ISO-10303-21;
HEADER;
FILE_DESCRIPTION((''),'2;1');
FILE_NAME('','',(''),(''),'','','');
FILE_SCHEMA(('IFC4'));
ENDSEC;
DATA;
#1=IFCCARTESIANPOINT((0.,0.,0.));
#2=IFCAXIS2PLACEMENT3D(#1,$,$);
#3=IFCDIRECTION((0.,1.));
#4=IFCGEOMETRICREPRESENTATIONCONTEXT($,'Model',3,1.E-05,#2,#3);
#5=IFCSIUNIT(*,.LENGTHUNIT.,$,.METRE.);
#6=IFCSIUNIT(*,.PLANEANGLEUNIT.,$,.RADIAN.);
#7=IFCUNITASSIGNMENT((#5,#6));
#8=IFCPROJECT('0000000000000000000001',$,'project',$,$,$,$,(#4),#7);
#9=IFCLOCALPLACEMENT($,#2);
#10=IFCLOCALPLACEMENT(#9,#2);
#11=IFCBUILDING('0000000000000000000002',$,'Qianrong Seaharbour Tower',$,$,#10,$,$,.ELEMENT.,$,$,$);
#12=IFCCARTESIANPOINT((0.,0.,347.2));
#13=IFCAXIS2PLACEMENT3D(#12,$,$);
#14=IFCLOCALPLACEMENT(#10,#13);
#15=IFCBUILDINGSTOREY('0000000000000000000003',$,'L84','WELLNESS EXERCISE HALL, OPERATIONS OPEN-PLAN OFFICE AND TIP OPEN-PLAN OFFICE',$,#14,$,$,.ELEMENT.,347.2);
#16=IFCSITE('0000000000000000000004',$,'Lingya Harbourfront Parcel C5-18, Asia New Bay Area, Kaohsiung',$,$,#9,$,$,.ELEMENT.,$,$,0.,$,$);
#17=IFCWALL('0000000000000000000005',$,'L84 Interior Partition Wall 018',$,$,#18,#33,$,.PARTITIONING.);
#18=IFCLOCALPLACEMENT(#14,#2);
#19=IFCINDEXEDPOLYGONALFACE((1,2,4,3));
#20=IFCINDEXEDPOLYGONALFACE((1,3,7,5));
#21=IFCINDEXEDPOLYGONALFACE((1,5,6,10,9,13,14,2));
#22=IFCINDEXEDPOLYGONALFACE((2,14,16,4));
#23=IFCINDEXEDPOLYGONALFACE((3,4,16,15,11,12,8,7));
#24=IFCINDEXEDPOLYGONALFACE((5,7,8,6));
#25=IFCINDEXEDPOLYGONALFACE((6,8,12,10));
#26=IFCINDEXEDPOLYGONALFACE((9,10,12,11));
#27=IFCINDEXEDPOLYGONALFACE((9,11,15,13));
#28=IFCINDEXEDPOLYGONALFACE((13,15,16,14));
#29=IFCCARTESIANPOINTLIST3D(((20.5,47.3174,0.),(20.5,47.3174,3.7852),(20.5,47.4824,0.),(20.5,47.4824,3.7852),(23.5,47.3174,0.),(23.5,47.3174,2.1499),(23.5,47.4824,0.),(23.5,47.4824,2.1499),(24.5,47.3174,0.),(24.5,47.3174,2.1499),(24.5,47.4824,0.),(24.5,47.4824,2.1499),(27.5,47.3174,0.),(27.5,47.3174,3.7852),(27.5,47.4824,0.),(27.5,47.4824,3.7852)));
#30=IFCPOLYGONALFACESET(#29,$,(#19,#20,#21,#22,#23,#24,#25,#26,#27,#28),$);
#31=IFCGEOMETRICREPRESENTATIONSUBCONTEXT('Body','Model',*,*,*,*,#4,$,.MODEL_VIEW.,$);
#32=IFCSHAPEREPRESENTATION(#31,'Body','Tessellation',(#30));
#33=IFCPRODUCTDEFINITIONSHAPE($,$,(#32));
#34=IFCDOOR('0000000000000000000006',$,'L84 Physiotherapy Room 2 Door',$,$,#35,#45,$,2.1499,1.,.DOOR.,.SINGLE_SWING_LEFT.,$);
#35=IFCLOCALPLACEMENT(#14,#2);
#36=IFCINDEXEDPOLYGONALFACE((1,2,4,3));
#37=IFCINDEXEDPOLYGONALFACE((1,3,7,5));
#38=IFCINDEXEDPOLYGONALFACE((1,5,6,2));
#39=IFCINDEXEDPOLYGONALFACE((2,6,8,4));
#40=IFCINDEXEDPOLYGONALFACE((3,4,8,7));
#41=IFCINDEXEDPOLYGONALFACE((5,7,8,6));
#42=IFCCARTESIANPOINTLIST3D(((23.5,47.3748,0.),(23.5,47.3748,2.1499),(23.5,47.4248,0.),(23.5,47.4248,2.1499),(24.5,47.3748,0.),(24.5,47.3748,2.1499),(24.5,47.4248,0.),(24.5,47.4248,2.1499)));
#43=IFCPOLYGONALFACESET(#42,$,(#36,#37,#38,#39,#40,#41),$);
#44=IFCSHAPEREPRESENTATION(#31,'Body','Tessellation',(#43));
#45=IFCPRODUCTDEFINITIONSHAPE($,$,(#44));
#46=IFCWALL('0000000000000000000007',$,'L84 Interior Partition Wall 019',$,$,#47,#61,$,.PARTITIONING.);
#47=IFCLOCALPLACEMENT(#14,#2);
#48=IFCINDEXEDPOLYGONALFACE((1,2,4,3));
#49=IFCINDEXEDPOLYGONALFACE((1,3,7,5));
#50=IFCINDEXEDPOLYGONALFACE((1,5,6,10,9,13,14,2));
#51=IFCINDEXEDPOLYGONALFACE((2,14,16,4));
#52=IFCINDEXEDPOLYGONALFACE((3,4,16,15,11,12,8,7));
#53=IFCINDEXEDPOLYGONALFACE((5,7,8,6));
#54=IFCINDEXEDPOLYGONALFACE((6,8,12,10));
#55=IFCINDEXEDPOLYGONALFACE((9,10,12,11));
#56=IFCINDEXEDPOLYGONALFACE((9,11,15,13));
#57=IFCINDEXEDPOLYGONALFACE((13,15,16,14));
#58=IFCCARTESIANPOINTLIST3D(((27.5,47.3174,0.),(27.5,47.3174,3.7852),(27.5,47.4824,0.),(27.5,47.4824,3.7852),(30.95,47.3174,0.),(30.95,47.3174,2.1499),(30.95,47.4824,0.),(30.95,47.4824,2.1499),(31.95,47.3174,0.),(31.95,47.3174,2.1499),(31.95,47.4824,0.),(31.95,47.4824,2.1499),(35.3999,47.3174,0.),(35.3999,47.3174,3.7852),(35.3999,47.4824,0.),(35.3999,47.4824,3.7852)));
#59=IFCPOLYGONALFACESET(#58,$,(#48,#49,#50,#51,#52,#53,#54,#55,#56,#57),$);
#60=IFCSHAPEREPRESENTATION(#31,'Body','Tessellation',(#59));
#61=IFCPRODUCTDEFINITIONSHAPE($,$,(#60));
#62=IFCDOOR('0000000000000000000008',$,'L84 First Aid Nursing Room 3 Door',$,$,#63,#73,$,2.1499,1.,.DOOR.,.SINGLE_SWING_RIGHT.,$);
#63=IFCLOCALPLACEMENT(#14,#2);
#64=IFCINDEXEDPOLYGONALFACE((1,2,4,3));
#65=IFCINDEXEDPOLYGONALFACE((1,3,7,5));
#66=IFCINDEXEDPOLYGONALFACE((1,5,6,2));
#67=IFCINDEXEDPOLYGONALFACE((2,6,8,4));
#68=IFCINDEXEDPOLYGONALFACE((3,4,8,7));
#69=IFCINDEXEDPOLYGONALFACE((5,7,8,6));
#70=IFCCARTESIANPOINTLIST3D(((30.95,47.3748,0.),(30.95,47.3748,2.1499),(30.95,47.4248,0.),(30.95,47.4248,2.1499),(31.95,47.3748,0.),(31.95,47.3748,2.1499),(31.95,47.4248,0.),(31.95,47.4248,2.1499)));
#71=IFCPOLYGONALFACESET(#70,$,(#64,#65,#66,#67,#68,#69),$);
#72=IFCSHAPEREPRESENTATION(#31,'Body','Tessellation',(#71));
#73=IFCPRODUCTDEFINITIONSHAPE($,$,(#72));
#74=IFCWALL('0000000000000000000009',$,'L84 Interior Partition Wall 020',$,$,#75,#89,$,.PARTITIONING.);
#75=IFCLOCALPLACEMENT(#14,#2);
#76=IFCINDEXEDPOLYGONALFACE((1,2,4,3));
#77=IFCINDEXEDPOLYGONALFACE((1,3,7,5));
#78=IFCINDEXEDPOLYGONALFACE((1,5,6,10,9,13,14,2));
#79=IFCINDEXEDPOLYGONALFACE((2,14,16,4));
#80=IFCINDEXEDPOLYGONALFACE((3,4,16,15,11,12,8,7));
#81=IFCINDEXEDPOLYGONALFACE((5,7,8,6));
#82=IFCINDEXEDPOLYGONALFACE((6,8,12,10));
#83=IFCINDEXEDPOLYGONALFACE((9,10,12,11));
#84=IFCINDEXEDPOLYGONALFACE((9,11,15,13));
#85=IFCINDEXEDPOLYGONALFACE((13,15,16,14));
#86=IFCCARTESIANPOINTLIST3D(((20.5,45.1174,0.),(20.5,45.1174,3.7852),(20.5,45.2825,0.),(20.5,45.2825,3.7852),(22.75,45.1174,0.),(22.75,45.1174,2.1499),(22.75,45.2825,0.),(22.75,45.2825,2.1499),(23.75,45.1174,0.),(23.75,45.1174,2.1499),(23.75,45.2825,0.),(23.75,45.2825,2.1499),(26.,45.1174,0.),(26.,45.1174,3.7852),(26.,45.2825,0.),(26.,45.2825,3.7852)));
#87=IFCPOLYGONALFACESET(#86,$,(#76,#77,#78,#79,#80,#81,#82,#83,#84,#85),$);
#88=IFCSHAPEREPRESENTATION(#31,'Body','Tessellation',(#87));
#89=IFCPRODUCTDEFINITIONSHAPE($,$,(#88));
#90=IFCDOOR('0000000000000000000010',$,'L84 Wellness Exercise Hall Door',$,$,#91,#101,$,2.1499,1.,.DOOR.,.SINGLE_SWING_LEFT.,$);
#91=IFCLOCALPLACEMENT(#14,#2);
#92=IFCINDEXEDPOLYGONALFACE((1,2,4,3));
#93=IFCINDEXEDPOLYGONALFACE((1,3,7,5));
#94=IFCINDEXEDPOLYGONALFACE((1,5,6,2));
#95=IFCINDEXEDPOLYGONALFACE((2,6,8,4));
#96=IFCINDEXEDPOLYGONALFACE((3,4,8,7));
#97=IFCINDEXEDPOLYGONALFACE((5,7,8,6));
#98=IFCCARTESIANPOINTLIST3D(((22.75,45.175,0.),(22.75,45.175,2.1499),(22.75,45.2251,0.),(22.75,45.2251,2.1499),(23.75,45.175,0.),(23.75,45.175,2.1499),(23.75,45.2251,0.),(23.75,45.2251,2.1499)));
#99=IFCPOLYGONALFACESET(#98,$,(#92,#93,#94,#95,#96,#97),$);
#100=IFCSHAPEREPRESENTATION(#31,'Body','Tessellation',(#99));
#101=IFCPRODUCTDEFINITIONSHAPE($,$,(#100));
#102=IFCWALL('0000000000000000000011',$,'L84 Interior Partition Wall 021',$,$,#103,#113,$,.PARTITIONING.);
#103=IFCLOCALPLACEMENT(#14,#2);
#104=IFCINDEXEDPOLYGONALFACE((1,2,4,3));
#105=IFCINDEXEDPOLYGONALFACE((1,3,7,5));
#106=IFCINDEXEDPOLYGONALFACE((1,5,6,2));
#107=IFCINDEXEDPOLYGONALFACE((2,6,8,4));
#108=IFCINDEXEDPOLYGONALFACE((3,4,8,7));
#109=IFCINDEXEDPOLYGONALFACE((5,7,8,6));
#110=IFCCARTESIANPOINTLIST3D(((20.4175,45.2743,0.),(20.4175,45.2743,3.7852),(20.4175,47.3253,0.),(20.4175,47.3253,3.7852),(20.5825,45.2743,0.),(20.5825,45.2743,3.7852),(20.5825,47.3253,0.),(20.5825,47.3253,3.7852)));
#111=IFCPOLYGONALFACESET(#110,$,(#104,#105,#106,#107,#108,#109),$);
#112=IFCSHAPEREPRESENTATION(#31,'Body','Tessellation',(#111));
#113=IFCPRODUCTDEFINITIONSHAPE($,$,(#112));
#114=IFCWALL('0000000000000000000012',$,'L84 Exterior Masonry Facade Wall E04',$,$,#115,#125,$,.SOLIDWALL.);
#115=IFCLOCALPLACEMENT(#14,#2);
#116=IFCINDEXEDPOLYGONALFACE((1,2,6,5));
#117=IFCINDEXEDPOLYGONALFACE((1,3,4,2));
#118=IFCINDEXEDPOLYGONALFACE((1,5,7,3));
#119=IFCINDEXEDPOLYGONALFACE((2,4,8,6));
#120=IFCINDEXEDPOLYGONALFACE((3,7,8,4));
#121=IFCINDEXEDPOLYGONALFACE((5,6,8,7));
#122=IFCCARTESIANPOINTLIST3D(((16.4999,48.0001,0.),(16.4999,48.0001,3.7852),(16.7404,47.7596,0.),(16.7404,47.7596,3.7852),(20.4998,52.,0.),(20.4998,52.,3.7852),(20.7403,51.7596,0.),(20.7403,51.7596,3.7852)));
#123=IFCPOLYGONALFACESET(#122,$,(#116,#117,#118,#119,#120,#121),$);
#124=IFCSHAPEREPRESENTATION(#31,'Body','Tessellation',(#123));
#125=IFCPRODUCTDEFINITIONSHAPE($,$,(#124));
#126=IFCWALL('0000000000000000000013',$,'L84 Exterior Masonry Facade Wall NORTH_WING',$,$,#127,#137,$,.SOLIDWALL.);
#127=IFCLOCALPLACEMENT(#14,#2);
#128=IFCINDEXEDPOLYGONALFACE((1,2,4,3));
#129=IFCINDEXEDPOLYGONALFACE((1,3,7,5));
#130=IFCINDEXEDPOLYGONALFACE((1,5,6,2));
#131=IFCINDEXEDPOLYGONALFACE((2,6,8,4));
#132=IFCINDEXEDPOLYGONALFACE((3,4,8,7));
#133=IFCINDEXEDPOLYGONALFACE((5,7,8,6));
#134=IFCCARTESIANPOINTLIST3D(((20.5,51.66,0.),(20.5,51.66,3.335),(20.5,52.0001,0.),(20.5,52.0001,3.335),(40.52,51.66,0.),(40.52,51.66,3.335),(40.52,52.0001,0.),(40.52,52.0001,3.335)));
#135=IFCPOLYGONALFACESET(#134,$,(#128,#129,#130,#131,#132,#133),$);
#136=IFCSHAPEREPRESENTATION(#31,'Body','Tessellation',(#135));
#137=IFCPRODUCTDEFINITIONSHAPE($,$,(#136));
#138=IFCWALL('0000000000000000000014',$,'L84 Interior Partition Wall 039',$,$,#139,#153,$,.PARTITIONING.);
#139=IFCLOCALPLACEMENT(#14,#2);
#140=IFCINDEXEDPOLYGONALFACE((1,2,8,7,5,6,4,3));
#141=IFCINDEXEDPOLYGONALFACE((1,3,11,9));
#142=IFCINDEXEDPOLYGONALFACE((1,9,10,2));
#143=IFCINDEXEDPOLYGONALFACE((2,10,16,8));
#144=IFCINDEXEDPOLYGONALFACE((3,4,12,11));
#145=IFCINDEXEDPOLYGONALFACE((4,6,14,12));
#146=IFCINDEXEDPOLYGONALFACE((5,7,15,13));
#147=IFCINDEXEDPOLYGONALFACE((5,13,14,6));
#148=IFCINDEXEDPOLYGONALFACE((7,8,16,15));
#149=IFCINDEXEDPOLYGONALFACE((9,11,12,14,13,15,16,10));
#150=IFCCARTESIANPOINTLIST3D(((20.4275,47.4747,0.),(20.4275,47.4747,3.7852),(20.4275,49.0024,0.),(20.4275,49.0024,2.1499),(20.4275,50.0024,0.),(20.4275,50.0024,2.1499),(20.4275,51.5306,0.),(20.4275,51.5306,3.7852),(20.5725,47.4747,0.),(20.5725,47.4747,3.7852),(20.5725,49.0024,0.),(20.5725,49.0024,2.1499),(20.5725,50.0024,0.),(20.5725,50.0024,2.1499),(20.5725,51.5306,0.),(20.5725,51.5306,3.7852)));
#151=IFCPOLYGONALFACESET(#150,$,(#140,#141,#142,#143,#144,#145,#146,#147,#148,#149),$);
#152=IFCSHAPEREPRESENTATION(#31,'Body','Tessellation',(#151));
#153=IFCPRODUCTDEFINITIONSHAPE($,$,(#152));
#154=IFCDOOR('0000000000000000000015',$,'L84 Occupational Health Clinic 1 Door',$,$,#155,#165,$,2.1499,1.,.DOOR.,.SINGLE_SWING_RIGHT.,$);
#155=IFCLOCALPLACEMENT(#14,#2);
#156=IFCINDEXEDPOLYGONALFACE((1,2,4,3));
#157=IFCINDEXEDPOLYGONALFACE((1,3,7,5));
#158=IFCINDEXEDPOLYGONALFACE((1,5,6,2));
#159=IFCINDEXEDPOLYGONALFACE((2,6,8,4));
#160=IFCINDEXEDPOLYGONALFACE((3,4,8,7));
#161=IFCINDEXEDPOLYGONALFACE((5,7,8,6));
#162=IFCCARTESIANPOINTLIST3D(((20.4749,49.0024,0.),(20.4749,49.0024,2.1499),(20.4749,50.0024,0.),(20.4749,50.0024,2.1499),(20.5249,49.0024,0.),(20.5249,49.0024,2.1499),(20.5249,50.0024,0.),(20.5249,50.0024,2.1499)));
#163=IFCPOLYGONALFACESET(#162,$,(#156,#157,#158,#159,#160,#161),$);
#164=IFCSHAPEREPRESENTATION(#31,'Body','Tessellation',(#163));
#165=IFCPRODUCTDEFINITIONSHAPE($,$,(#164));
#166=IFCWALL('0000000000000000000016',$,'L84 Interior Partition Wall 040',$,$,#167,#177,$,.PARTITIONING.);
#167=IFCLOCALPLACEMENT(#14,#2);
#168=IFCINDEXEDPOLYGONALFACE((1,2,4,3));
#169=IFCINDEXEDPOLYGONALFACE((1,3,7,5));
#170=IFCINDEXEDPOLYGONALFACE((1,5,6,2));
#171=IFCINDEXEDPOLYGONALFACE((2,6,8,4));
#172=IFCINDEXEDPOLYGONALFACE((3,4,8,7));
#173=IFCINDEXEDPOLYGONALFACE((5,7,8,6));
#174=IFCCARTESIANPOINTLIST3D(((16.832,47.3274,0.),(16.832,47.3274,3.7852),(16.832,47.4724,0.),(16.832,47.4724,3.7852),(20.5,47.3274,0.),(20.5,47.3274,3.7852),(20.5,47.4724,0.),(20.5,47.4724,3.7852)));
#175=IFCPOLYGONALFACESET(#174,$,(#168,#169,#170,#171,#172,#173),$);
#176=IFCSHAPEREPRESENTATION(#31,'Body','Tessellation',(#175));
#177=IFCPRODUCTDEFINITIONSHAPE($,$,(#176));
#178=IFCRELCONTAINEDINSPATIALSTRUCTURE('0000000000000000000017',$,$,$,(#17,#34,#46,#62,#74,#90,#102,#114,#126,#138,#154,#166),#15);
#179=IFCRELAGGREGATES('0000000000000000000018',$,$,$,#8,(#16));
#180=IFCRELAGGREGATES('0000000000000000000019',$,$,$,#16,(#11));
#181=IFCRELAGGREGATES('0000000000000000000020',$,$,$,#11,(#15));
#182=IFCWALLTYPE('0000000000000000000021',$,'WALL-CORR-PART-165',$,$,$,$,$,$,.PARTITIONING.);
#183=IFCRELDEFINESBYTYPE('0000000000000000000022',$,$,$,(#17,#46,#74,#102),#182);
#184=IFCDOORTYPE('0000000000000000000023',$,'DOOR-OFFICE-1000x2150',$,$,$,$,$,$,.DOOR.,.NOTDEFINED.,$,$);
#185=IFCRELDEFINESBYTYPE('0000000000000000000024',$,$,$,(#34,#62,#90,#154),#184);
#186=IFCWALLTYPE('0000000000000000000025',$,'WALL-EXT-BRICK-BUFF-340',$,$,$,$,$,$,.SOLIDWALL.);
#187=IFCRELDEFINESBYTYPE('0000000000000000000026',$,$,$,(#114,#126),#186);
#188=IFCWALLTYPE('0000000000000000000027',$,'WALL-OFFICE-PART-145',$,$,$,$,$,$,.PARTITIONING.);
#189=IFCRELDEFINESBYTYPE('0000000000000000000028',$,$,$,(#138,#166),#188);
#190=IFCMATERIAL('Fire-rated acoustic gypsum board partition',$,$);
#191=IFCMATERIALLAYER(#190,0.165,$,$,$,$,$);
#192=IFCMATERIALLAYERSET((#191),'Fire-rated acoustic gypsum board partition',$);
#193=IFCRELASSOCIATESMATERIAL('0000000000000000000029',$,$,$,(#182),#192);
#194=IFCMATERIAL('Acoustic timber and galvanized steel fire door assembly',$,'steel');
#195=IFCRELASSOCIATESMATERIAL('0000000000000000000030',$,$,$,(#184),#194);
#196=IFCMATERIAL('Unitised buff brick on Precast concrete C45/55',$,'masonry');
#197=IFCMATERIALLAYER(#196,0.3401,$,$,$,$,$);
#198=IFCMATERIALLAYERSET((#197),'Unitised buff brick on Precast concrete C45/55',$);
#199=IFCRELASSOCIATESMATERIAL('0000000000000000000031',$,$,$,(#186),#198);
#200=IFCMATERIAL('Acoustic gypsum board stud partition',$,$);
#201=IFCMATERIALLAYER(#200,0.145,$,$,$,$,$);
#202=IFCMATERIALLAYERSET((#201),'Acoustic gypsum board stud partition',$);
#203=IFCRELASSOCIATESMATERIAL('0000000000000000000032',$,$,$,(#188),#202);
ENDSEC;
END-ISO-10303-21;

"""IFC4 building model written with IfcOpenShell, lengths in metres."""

from ifc_helpers import new_model, si_unit, direction, frame, frame_2d, origin, place, context, subcontext, project, spatial, rectangle, extrude, material, layer, layer_set, type_object, element, fill, save


model = new_model("IFC4")

# Units and contexts
model_context = context("Model", 3, precision=1e-05, world=origin(), true_north=direction((0.0, 1.0)))
body_context = subcontext(model_context, "Body", "Model", "MODEL_VIEW")
ifc_project = project(units=[si_unit("LENGTHUNIT", "METRE"), si_unit("PLANEANGLEUNIT", "RADIAN")], contexts=[model_context])

# Site, building, storey
site_placement = place(None, origin())
site = spatial("IfcSite", under=ifc_project, at=site_placement, Name="Lingya Harbourfront Parcel C5-18, Asia New Bay Area, Kaohsiung", CompositionType="ELEMENT", RefElevation=0.0)
building_placement = place(site_placement, origin())
building = spatial("IfcBuilding", under=site, at=building_placement, Name="Qianrong Seaharbour Tower", CompositionType="ELEMENT")
storey_placement = place(building_placement, frame((0.0, 0.0, 347.2)))
storey = spatial("IfcBuildingStorey", under=building, at=storey_placement, Name="L84", Description="WELLNESS EXERCISE HALL, OPERATIONS OPEN-PLAN OFFICE AND TIP OPEN-PLAN OFFICE", CompositionType="ELEMENT", Elevation=347.2)

# Walls, openings, doors
ifc_material_1 = material(Name="Fire-rated acoustic gypsum board partition")
ifc_layer_1 = layer(ifc_material_1, 0.165)
ifc_layer_set_1 = layer_set([ifc_layer_1], Name="Fire-rated acoustic gypsum board partition")
wall_type_1 = type_object("IfcWallType", Name="WALL-CORR-PART-165", PredefinedType="PARTITIONING", material=ifc_layer_set_1)
wall_1_placement = place(storey_placement, frame((20.5, 47.3999, 0.0), z_axis=(0.0, 0.0, 1.0), x_axis=(1.0, 0.0, 0.0)))
wall_1 = element("IfcWall", 1, at=wall_1_placement, inside=storey, type_object=wall_type_1, Name="L84 Interior Partition Wall 018", PredefinedType="PARTITIONING", context=body_context, shape_type="SweptSolid", body=[
    extrude(rectangle(XDim=7.0, YDim=0.165, at=frame_2d((3.5, 0.0))), origin(), (0.0, 0.0, 1.0), 3.7852),
])
opening_1_placement = place(wall_1_placement, frame((3.0, 0.0, 0.0)))
opening_1 = element("IfcOpeningElement", 2, at=opening_1_placement, cuts=wall_1, PredefinedType="OPENING", context=body_context, shape_type="SweptSolid", body=[
    extrude(rectangle(XDim=1.0, YDim=2.1499, at=frame_2d((0.5, 1.075))), frame((0.0, 0.0925, 0.0), z_axis=(0.0, -1.0, 0.0), x_axis=(1.0, 0.0, 0.0)), (0.0, 0.0, 1.0), 0.1851),
])
ifc_material_2 = material(Name="Acoustic timber and galvanized steel fire door assembly", Category="steel")
door_type = type_object("IfcDoorType", Name="DOOR-OFFICE-1000x2150", OperationType="NOTDEFINED", PredefinedType="DOOR", material=ifc_material_2)
door_1_placement = place(opening_1_placement, origin())
door_1 = element("IfcDoor", 3, at=door_1_placement, inside=storey, type_object=door_type, Name="L84 Physiotherapy Room 2 Door", OperationType="SINGLE_SWING_LEFT", OverallHeight=2.1499, OverallWidth=1.0, PredefinedType="DOOR", context=body_context, shape_type="SweptSolid", body=[
    extrude(rectangle(XDim=1.0, YDim=2.1499, at=frame_2d((0.5, 1.075))), frame((0.0, 0.0249, 0.0), z_axis=(0.0, -1.0, 0.0), x_axis=(1.0, 0.0, 0.0)), (0.0, 0.0, 1.0), 0.05),
])
fill(opening_1, door_1)
wall_2_placement = place(storey_placement, frame((27.5, 47.3999, 0.0), z_axis=(0.0, 0.0, 1.0), x_axis=(1.0, 0.0, 0.0)))
wall_2 = element("IfcWall", 4, at=wall_2_placement, inside=storey, type_object=wall_type_1, Name="L84 Interior Partition Wall 019", PredefinedType="PARTITIONING", context=body_context, shape_type="SweptSolid", body=[
    extrude(rectangle(XDim=7.8999, YDim=0.165, at=frame_2d((3.95, 0.0))), origin(), (0.0, 0.0, 1.0), 3.7852),
])
opening_2_placement = place(wall_2_placement, frame((3.45, 0.0, 0.0)))
opening_2 = element("IfcOpeningElement", 5, at=opening_2_placement, cuts=wall_2, PredefinedType="OPENING", context=body_context, shape_type="SweptSolid", body=[
    extrude(rectangle(XDim=1.0, YDim=2.1499, at=frame_2d((0.5, 1.075))), frame((0.0, 0.0925, 0.0), z_axis=(0.0, -1.0, 0.0), x_axis=(1.0, 0.0, 0.0)), (0.0, 0.0, 1.0), 0.1851),
])
door_2_placement = place(opening_2_placement, origin())
door_2 = element("IfcDoor", 6, at=door_2_placement, inside=storey, type_object=door_type, Name="L84 First Aid Nursing Room 3 Door", OperationType="SINGLE_SWING_RIGHT", OverallHeight=2.1499, OverallWidth=1.0, PredefinedType="DOOR", context=body_context, shape_type="SweptSolid", body=[
    extrude(rectangle(XDim=1.0, YDim=2.1499, at=frame_2d((0.5, 1.075))), frame((0.0, 0.0249, 0.0), z_axis=(0.0, -1.0, 0.0), x_axis=(1.0, 0.0, 0.0)), (0.0, 0.0, 1.0), 0.05),
])
fill(opening_2, door_2)
wall_3_placement = place(storey_placement, frame((26.0, 45.2, 0.0), z_axis=(0.0, 0.0, 1.0), x_axis=(-1.0, 0.0, 0.0)))
wall_3 = element("IfcWall", 7, at=wall_3_placement, inside=storey, type_object=wall_type_1, Name="L84 Interior Partition Wall 020", PredefinedType="PARTITIONING", context=body_context, shape_type="SweptSolid", body=[
    extrude(rectangle(XDim=5.5, YDim=0.165, at=frame_2d((2.75, 0.0))), origin(), (0.0, 0.0, 1.0), 3.7852),
])
opening_3_placement = place(wall_3_placement, frame((2.25, 0.0, 0.0)))
opening_3 = element("IfcOpeningElement", 8, at=opening_3_placement, cuts=wall_3, PredefinedType="OPENING", context=body_context, shape_type="SweptSolid", body=[
    extrude(rectangle(XDim=1.0, YDim=2.1499, at=frame_2d((0.5, 1.075))), frame((0.0, 0.0925, 0.0), z_axis=(0.0, -1.0, 0.0), x_axis=(1.0, 0.0, 0.0)), (0.0, 0.0, 1.0), 0.1851),
])
door_3_placement = place(opening_3_placement, origin())
door_3 = element("IfcDoor", 9, at=door_3_placement, inside=storey, type_object=door_type, Name="L84 Wellness Exercise Hall Door", OperationType="SINGLE_SWING_LEFT", OverallHeight=2.1499, OverallWidth=1.0, PredefinedType="DOOR", context=body_context, shape_type="SweptSolid", body=[
    extrude(rectangle(XDim=1.0, YDim=2.1499, at=frame_2d((0.5, 1.075))), frame((0.0, 0.0249, 0.0), z_axis=(0.0, -1.0, 0.0), x_axis=(1.0, 0.0, 0.0)), (0.0, 0.0, 1.0), 0.05),
])
fill(opening_3, door_3)

# Walls
wall_4_placement = place(storey_placement, frame((20.5, 45.2744, 0.0), z_axis=(0.0, 0.0, 1.0), x_axis=(0.0, 1.0, 0.0)))
element("IfcWall", 10, at=wall_4_placement, inside=storey, type_object=wall_type_1, Name="L84 Interior Partition Wall 021", PredefinedType="PARTITIONING", context=body_context, shape_type="SweptSolid", body=[
    extrude(rectangle(XDim=2.051, YDim=0.165, at=frame_2d((1.0254, 0.0))), origin(), (0.0, 0.0, 1.0), 3.7852),
])
ifc_material_3 = material(Name="Unitised buff brick on Precast concrete C45/55", Category="masonry")
ifc_layer_2 = layer(ifc_material_3, 0.3401)
ifc_layer_set_2 = layer_set([ifc_layer_2], Name="Unitised buff brick on Precast concrete C45/55")
wall_type_2 = type_object("IfcWallType", Name="WALL-EXT-BRICK-BUFF-340", PredefinedType="SOLIDWALL", material=ifc_layer_set_2)
wall_5_placement = place(storey_placement, frame((16.6201, 47.8799, 0.0), z_axis=(0.0, 0.0, 1.0), x_axis=(0.707107, 0.707107, 0.0)))
element("IfcWall", 11, at=wall_5_placement, inside=storey, type_object=wall_type_2, Name="L84 Exterior Masonry Facade Wall E04", PredefinedType="SOLIDWALL", context=body_context, shape_type="SweptSolid", body=[
    extrude(rectangle(XDim=5.6567, YDim=0.3401, at=frame_2d((2.8284, 0.0))), origin(), (0.0, 0.0, 1.0), 3.7852),
])
wall_6_placement = place(storey_placement, frame((20.5, 51.8301, 0.0), z_axis=(0.0, 0.0, 1.0), x_axis=(1.0, 0.0, 0.0)))
element("IfcWall", 12, at=wall_6_placement, inside=storey, type_object=wall_type_2, Name="L84 Exterior Masonry Facade Wall NORTH_WING", PredefinedType="SOLIDWALL", context=body_context, shape_type="SweptSolid", body=[
    extrude(rectangle(XDim=20.02, YDim=0.3401, at=frame_2d((10.01, 0.0))), origin(), (0.0, 0.0, 1.0), 3.335),
])

# Wall, opening, door
ifc_material_4 = material(Name="Acoustic gypsum board stud partition")
ifc_layer_3 = layer(ifc_material_4, 0.145)
ifc_layer_set_3 = layer_set([ifc_layer_3], Name="Acoustic gypsum board stud partition")
wall_type_3 = type_object("IfcWallType", Name="WALL-OFFICE-PART-145", PredefinedType="PARTITIONING", material=ifc_layer_set_3)
wall_7_placement = place(storey_placement, frame((20.5, 51.5305, 0.0), z_axis=(0.0, 0.0, 1.0), x_axis=(0.0, -1.0, 0.0)))
wall_7 = element("IfcWall", 13, at=wall_7_placement, inside=storey, type_object=wall_type_3, Name="L84 Interior Partition Wall 039", PredefinedType="PARTITIONING", context=body_context, shape_type="SweptSolid", body=[
    extrude(rectangle(XDim=4.0559, YDim=0.145, at=frame_2d((2.0278, 0.0))), origin(), (0.0, 0.0, 1.0), 3.7852),
])
opening_4_placement = place(wall_7_placement, frame((1.5281, 0.0, 0.0)))
opening_4 = element("IfcOpeningElement", 14, at=opening_4_placement, cuts=wall_7, PredefinedType="OPENING", context=body_context, shape_type="SweptSolid", body=[
    extrude(rectangle(XDim=1.0, YDim=2.1499, at=frame_2d((0.5, 1.075))), frame((0.0, 0.0825, 0.0), z_axis=(0.0, -1.0, 0.0), x_axis=(1.0, 0.0, 0.0)), (0.0, 0.0, 1.0), 0.165),
])
door_4_placement = place(opening_4_placement, origin())
door_4 = element("IfcDoor", 15, at=door_4_placement, inside=storey, type_object=door_type, Name="L84 Occupational Health Clinic 1 Door", OperationType="SINGLE_SWING_RIGHT", OverallHeight=2.1499, OverallWidth=1.0, PredefinedType="DOOR", context=body_context, shape_type="SweptSolid", body=[
    extrude(rectangle(XDim=1.0, YDim=2.1499, at=frame_2d((0.5, 1.075))), frame((0.0, 0.0249, 0.0), z_axis=(0.0, -1.0, 0.0), x_axis=(1.0, 0.0, 0.0)), (0.0, 0.0, 1.0), 0.05),
])
fill(opening_4, door_4)

# Wall
wall_8_placement = place(storey_placement, frame((20.5, 47.3999, 0.0), z_axis=(0.0, 0.0, 1.0), x_axis=(-1.0, 0.0, 0.0)))
element("IfcWall", 16, at=wall_8_placement, inside=storey, type_object=wall_type_3, Name="L84 Interior Partition Wall 040", PredefinedType="PARTITIONING", context=body_context, shape_type="SweptSolid", body=[
    extrude(rectangle(XDim=3.668, YDim=0.145, at=frame_2d((1.834, 0.0))), origin(), (0.0, 0.0, 1.0), 3.7852),
])

save(model, "model.ifc")
